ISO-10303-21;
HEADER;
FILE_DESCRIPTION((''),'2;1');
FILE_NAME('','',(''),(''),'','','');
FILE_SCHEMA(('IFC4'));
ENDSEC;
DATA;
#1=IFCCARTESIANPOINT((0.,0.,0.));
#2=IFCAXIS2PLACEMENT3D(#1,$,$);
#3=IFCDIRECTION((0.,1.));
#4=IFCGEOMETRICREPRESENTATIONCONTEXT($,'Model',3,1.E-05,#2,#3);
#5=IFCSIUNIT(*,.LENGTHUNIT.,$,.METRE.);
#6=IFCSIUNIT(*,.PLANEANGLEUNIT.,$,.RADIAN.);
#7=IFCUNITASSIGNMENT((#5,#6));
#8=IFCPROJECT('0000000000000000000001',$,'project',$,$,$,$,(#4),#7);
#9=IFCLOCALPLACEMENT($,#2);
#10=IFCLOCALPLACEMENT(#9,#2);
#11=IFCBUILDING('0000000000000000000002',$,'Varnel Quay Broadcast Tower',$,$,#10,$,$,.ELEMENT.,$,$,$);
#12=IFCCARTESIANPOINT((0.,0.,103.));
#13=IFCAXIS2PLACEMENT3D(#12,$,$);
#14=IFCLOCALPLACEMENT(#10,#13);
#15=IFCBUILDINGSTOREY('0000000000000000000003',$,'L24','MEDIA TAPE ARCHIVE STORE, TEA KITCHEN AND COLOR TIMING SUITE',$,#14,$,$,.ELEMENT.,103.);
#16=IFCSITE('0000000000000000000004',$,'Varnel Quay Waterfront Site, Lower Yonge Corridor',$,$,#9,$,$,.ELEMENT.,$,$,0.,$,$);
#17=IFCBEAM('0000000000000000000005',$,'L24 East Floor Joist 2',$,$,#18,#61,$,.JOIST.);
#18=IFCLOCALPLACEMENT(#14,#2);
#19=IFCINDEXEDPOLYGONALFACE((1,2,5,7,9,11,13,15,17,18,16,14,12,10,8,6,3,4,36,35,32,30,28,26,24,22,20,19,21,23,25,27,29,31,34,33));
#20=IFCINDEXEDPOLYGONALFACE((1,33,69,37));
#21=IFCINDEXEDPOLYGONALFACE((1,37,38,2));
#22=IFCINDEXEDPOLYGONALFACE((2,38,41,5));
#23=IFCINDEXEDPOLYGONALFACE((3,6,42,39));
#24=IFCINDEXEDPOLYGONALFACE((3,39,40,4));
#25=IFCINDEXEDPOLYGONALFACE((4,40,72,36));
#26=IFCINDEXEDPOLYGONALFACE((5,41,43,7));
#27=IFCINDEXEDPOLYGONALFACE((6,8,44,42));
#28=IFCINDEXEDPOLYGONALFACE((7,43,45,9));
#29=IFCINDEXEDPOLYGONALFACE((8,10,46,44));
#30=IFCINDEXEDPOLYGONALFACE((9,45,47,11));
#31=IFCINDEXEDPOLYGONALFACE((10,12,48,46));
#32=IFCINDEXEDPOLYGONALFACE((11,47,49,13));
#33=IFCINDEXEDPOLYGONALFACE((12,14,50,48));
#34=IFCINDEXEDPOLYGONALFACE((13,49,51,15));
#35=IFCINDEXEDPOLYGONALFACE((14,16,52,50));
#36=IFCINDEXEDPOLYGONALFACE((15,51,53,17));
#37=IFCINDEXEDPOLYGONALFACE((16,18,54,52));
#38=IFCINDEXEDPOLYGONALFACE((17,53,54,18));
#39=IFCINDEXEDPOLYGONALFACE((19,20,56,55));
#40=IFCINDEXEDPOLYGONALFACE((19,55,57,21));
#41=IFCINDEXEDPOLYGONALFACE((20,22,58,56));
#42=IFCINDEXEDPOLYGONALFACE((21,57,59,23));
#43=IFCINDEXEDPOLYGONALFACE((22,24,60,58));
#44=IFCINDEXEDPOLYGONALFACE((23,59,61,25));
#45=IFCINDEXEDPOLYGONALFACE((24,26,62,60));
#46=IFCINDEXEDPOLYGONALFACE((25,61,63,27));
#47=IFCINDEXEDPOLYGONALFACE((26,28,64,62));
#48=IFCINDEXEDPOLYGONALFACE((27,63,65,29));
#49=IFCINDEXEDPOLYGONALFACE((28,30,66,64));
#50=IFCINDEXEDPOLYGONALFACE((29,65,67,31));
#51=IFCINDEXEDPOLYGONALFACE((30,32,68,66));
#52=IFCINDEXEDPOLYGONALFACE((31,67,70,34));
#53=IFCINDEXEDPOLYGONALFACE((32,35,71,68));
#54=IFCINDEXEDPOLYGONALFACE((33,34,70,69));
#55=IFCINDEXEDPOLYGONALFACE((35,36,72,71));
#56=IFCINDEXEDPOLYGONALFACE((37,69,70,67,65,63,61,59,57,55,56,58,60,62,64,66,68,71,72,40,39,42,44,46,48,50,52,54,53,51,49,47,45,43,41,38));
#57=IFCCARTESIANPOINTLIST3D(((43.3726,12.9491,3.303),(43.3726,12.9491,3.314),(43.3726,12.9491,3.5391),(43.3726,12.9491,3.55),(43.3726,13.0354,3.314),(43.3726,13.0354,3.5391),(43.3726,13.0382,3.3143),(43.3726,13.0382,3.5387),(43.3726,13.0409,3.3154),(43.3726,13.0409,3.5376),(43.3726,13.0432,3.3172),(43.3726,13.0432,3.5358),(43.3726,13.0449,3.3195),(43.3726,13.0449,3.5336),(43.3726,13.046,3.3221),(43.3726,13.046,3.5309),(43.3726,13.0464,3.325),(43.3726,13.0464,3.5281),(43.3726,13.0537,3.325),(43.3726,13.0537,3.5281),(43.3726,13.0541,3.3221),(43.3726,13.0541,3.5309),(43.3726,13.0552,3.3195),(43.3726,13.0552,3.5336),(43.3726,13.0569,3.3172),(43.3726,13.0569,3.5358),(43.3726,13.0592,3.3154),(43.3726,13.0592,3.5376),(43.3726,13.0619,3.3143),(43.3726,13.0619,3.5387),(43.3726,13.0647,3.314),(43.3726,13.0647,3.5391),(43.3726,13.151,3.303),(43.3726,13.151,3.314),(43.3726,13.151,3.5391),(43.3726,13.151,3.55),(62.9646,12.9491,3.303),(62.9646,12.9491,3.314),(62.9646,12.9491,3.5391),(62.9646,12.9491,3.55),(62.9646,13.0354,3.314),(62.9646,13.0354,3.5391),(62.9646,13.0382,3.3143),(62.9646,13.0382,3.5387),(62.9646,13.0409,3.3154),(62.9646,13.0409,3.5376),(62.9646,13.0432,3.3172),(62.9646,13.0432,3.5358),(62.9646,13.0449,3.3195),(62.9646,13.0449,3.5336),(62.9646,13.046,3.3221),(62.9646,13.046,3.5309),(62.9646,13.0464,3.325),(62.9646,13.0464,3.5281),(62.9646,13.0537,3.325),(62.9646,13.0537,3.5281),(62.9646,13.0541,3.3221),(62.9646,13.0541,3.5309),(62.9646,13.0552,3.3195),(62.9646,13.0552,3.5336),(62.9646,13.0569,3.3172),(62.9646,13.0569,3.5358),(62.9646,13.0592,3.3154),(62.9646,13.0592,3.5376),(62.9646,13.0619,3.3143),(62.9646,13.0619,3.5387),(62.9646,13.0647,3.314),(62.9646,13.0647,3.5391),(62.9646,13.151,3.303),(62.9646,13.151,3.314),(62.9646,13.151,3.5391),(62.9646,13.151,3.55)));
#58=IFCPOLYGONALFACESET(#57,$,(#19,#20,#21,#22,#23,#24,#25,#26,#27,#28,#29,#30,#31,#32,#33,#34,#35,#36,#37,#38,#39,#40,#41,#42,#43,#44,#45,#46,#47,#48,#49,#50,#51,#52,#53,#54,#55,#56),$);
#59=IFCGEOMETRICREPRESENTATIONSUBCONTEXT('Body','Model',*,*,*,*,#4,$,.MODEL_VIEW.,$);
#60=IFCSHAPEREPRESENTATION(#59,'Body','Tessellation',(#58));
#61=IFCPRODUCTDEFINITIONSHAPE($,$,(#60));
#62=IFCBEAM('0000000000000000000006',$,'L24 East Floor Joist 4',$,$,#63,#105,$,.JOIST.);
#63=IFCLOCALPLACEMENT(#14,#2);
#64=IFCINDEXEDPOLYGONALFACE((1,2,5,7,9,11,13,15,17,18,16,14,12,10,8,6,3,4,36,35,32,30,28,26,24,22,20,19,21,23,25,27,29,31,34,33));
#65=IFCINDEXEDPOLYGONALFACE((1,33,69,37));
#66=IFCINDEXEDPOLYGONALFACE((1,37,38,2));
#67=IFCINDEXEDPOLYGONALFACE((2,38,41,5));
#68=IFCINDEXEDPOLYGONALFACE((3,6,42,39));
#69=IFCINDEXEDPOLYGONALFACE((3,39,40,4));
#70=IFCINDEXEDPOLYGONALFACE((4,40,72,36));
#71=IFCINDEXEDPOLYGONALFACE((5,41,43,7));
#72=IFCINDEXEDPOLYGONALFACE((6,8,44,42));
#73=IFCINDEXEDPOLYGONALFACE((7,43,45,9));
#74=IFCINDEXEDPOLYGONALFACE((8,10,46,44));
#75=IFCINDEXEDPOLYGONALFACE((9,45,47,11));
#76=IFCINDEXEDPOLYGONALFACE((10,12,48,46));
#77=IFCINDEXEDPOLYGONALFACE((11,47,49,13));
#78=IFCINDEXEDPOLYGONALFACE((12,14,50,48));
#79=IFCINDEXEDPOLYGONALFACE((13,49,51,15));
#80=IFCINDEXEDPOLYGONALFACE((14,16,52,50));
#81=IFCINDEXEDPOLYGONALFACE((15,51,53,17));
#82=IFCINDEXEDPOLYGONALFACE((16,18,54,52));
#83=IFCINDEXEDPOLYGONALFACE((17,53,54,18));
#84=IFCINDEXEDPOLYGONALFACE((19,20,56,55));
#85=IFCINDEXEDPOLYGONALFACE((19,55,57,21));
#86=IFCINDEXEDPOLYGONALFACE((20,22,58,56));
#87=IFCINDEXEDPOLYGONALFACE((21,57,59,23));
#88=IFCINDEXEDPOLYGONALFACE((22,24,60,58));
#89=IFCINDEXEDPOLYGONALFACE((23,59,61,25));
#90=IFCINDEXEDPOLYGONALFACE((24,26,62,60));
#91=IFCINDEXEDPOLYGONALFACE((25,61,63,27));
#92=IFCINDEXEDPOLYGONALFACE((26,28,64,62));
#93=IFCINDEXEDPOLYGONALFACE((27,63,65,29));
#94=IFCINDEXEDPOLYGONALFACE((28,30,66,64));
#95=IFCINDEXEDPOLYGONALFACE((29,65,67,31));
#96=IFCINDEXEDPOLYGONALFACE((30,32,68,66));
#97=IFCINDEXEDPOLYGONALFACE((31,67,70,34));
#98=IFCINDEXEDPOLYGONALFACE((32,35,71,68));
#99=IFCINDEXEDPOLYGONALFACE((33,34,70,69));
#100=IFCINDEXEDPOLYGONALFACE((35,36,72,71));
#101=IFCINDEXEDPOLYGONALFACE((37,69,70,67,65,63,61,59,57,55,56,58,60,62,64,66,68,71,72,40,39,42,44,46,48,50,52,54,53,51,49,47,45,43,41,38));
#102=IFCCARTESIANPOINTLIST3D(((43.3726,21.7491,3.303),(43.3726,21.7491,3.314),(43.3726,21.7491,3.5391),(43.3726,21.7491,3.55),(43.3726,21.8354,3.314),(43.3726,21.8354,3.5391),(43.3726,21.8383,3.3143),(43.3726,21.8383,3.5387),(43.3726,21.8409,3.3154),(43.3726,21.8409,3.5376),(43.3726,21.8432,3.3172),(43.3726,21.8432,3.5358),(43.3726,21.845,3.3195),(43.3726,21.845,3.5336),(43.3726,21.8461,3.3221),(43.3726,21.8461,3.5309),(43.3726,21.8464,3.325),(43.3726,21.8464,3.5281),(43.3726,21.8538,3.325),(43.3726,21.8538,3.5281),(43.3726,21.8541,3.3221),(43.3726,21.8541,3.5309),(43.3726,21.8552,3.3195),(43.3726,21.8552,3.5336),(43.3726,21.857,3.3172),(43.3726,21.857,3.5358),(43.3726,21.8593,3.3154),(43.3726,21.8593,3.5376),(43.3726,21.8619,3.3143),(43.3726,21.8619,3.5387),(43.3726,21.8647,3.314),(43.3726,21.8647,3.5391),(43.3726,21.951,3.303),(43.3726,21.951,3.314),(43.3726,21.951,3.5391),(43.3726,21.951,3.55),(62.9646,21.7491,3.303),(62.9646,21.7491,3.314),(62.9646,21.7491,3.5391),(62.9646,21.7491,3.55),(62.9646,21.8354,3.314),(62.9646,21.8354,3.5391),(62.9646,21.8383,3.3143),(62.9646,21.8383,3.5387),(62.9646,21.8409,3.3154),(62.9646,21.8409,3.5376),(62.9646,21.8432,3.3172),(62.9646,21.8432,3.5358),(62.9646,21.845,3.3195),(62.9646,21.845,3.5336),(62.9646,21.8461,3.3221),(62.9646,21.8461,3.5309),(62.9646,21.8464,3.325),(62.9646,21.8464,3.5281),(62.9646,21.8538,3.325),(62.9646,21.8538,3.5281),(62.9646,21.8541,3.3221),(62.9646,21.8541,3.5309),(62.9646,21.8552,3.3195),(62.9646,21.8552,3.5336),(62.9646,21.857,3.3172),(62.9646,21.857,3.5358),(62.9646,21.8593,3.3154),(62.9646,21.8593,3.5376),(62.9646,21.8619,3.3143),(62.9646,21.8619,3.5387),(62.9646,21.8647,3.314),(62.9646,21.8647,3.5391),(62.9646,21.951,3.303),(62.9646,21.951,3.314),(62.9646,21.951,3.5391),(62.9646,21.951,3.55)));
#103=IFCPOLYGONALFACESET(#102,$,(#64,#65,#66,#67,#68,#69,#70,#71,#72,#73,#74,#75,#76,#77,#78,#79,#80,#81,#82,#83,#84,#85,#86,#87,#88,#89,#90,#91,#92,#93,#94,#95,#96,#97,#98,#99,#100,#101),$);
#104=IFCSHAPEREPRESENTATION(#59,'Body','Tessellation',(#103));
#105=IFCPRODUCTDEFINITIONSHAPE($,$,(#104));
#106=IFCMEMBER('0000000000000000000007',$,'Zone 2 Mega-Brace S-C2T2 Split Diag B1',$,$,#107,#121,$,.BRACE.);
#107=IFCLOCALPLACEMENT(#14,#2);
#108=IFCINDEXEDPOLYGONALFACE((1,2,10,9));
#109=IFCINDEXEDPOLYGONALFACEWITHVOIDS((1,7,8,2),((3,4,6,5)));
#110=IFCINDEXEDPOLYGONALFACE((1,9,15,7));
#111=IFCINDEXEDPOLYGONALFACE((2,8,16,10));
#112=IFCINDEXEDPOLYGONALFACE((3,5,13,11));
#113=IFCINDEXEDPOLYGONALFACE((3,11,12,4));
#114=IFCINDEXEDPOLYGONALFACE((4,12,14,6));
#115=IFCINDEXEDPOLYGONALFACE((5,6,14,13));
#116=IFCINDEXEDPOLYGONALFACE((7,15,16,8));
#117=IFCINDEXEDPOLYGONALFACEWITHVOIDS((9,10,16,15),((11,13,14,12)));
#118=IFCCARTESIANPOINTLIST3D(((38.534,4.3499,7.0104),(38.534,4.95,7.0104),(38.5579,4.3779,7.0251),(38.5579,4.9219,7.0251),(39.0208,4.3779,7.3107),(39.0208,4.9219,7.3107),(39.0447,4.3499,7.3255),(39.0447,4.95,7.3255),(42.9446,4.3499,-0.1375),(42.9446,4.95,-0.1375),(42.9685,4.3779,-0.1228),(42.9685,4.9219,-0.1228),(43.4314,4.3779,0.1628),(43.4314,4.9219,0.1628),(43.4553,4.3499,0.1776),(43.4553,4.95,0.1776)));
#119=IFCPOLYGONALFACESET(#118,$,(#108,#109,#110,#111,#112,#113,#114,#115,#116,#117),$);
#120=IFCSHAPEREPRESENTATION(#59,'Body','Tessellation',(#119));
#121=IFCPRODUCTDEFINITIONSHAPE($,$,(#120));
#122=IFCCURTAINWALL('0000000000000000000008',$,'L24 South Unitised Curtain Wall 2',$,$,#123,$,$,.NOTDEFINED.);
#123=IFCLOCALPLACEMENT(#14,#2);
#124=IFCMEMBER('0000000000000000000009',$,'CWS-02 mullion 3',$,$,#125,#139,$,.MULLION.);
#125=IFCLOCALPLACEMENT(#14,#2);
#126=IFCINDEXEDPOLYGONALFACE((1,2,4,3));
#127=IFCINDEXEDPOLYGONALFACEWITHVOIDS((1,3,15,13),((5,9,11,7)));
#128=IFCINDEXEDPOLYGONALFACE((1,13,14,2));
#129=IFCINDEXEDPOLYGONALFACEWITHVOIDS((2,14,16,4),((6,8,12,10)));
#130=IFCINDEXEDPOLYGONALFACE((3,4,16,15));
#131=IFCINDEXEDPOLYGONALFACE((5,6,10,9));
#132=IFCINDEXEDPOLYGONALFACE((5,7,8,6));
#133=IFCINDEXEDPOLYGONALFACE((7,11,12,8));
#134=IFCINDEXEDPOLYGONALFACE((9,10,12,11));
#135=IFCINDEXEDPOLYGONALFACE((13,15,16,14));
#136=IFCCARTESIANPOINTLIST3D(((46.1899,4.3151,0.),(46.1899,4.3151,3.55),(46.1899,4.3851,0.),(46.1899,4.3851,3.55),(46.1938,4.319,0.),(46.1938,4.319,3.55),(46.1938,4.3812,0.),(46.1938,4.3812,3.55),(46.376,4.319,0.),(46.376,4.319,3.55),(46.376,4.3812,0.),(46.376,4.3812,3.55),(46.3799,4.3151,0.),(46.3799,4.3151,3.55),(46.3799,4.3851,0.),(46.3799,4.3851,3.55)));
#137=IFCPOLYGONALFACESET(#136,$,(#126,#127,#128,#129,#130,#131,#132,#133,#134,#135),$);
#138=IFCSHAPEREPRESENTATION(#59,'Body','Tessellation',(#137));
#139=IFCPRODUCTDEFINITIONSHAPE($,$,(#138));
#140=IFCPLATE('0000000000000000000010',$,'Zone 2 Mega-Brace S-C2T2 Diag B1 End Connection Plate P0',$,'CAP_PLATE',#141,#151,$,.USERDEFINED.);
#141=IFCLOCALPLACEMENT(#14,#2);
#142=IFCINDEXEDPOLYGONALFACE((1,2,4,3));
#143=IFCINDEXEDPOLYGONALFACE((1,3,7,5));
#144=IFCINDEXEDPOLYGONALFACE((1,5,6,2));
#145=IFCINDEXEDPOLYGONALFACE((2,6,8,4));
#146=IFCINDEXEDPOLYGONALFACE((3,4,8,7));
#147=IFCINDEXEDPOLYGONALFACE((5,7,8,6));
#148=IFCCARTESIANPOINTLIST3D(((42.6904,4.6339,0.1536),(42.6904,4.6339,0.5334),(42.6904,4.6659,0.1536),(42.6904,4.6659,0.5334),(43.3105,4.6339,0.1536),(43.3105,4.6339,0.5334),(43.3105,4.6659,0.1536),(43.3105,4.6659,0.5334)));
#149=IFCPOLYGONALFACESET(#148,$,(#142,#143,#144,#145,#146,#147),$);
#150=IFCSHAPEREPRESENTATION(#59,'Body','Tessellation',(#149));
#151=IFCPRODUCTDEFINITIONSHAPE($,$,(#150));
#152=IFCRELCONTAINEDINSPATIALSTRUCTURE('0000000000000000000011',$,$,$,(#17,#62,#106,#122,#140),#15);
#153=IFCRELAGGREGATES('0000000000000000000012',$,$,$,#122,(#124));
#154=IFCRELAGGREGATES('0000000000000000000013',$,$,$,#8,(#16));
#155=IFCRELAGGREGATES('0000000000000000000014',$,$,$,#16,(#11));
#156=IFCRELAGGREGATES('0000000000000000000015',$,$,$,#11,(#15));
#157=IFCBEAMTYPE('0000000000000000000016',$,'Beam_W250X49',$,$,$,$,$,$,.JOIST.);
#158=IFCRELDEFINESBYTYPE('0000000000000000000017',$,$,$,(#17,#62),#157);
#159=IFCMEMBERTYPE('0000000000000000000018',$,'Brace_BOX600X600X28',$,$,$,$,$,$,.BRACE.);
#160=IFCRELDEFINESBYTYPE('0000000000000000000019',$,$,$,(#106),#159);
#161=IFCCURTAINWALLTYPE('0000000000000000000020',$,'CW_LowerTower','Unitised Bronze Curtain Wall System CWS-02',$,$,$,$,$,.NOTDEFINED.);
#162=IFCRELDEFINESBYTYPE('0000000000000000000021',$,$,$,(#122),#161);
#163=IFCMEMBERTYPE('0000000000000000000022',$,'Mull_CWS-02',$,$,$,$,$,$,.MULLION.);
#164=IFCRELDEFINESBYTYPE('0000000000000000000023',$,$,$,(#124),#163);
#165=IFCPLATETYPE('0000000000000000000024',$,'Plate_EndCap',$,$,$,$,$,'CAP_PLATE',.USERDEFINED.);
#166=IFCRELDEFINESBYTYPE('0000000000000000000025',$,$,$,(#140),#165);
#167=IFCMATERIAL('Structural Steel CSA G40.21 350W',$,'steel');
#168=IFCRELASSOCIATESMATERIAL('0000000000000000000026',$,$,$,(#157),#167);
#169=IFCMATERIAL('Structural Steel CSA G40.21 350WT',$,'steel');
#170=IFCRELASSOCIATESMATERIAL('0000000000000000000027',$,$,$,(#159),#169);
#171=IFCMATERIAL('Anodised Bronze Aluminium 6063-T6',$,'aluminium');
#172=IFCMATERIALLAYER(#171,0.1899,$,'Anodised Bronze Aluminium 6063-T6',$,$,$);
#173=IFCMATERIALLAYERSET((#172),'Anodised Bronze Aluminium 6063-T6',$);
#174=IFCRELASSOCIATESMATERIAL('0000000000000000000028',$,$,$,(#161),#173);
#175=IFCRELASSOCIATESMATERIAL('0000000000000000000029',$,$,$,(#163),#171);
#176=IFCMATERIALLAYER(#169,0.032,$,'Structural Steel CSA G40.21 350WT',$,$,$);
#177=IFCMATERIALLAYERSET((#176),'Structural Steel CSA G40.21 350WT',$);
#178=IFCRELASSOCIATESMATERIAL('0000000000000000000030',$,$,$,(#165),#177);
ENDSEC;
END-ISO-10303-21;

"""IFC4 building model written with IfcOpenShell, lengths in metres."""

from ifc_helpers import new_model, si_unit, direction, frame, origin, origin_2d, place, context, subcontext, project, spatial, rectangle, hollow_rectangle, i_section, extrude, source, transform, mapped, material, layer, layer_set, material_profile, profile_set, type_object, type_shapes, element, aggregate, save


model = new_model("IFC4")

# Units and contexts
model_context = context("Model", 3, precision=1e-05, world=origin(), true_north=direction((0.0, 1.0)))
body_context = subcontext(model_context, "Body", "Model", "MODEL_VIEW")
ifc_project = project(units=[si_unit("LENGTHUNIT", "METRE"), si_unit("PLANEANGLEUNIT", "RADIAN")], contexts=[model_context])

# Site, building, storey
site_placement = place(None, origin())
site = spatial("IfcSite", under=ifc_project, at=site_placement, Name="Varnel Quay Waterfront Site, Lower Yonge Corridor", CompositionType="ELEMENT", RefElevation=0.0)
building_placement = place(site_placement, origin())
building = spatial("IfcBuilding", under=site, at=building_placement, Name="Varnel Quay Broadcast Tower", CompositionType="ELEMENT")
storey_placement = place(building_placement, frame((0.0, 0.0, 103.0)))
storey = spatial("IfcBuildingStorey", under=building, at=storey_placement, Name="L24", Description="MEDIA TAPE ARCHIVE STORE, TEA KITCHEN AND COLOR TIMING SUITE", CompositionType="ELEMENT", Elevation=103.0)

# Shared definitions
ifc_material_1 = material(Name="Structural Steel CSA G40.21 350W", Category="steel")

# Beams
ifc_material_profile_1 = material_profile(ifc_material_1, i_section(OverallWidth=0.2019, OverallDepth=0.2471, WebThickness=0.0073, FlangeThickness=0.011, FilletRadius=0.011, at=origin_2d()), Name="W250X49")
ifc_profile_set_1 = profile_set([ifc_material_profile_1], Name="Structural Steel CSA G40.21 350W")
beam_type_1 = type_object("IfcBeamType", Name="Beam_W250X49", PredefinedType="JOIST", material=ifc_profile_set_1)
shared_shape_1 = source(origin(), body_context, "Body", "SweptSolid", [
    extrude(i_section(OverallWidth=0.2019, OverallDepth=0.2471, WebThickness=0.0073, FlangeThickness=0.011, FilletRadius=0.011, at=origin_2d()), origin(), (0.0, 0.0, 1.0), 19.592),
])
type_shapes(beam_type_1, [shared_shape_1])
for number, where, z_axis, x_axis, name in (
    (1, (43.3726, 13.05, 3.4265), (1.0, 0.0, 0.0), (0.0, 1.0, 0.0), "L24 East Floor Joist 2"),
    (2, (43.3726, 21.8501, 3.4265), (1.0, 0.0, 0.0), (0.0, 1.0, 0.0), "L24 East Floor Joist 4"),
):
    element("IfcBeam", number, at=place(storey_placement, frame(where, z_axis=z_axis, x_axis=x_axis)), inside=storey, type_object=beam_type_1, Name=name, PredefinedType="JOIST", context=body_context, shape_type="MappedRepresentation", body=[
        mapped(shared_shape_1, transform((0.0, 0.0, 0.0), x_axis=(1.0, 0.0, 0.0), y_axis=(0.0, 1.0, 0.0), z_axis=(0.0, 0.0, 1.0), scale=1.0)),
    ])

# Member
ifc_material_2 = material(Name="Structural Steel CSA G40.21 350WT", Category="steel")
ifc_material_profile_2 = material_profile(ifc_material_2, hollow_rectangle(XDim=0.6001, YDim=0.6001, WallThickness=0.0281, at=origin_2d()), Name="BOX600X600X28")
ifc_profile_set_2 = profile_set([ifc_material_profile_2], Name="Structural Steel CSA G40.21 350WT")
member_type_1 = type_object("IfcMemberType", Name="Brace_BOX600X600X28", PredefinedType="BRACE", material=ifc_profile_set_2)
shared_shape_2 = source(origin(), body_context, "Body", "SweptSolid", [
    extrude(hollow_rectangle(XDim=0.6001, YDim=0.6001, WallThickness=0.0281, at=origin_2d()), origin(), (0.0, 0.0, 1.0), 8.3992),
])
type_shapes(member_type_1, [shared_shape_2])
member_1_placement = place(storey_placement, frame((43.2, 4.6499, 0.02), z_axis=(-0.525125, 0.0, 0.851025), x_axis=(0.0, -1.0, 0.0)))
element("IfcMember", 3, at=member_1_placement, inside=storey, type_object=member_type_1, Name="Zone 2 Mega-Brace S-C2T2 Split Diag B1", PredefinedType="BRACE", context=body_context, shape_type="MappedRepresentation", body=[
    mapped(shared_shape_2, transform((0.0, 0.0, 0.0), x_axis=(1.0, 0.0, 0.0), y_axis=(0.0, 1.0, 0.0), z_axis=(0.0, 0.0, 1.0), scale=1.0)),
])

# Curtain wall, member
ifc_material_3 = material(Name="Anodised Bronze Aluminium 6063-T6", Category="aluminium")
ifc_layer_1 = layer(ifc_material_3, 0.1899, Name="Anodised Bronze Aluminium 6063-T6")
ifc_layer_set_1 = layer_set([ifc_layer_1], Name="Anodised Bronze Aluminium 6063-T6")
curtain_wall_type = type_object("IfcCurtainWallType", Name="CW_LowerTower", Description="Unitised Bronze Curtain Wall System CWS-02", PredefinedType="NOTDEFINED", material=ifc_layer_set_1)
curtain_wall_placement = place(storey_placement, origin())
curtain_wall = element("IfcCurtainWall", 4, at=curtain_wall_placement, inside=storey, type_object=curtain_wall_type, Name="L24 South Unitised Curtain Wall 2", PredefinedType="NOTDEFINED")
ifc_material_profile_3 = material_profile(ifc_material_3, hollow_rectangle(XDim=0.0701, YDim=0.1899, WallThickness=0.0039, at=origin_2d()), Name="ALU70X190X4")
ifc_profile_set_3 = profile_set([ifc_material_profile_3], Name="Anodised Bronze Aluminium 6063-T6")
member_type_2 = type_object("IfcMemberType", Name="Mull_CWS-02", PredefinedType="MULLION", material=ifc_profile_set_3)
shared_shape_3 = source(origin(), body_context, "Body", "SweptSolid", [
    extrude(hollow_rectangle(XDim=0.0701, YDim=0.1899, WallThickness=0.0039, at=origin_2d()), origin(), (0.0, 0.0, 1.0), 3.55),
])
type_shapes(member_type_2, [shared_shape_3])
member_2_placement = place(storey_placement, frame((46.2849, 4.3501, 0.0), z_axis=(0.0, 0.0, 1.0), x_axis=(0.0, 1.0, 0.0)))
member_2 = element("IfcMember", 5, at=member_2_placement, type_object=member_type_2, Name="CWS-02 mullion 3", PredefinedType="MULLION", context=body_context, shape_type="MappedRepresentation", body=[
    mapped(shared_shape_3, transform((0.0, 0.0, 0.0), x_axis=(1.0, 0.0, 0.0), y_axis=(0.0, 1.0, 0.0), z_axis=(0.0, 0.0, 1.0), scale=1.0)),
])
aggregate(curtain_wall, [member_2])

# Plate
ifc_layer_2 = layer(ifc_material_2, 0.032, Name="Structural Steel CSA G40.21 350WT")
ifc_layer_set_2 = layer_set([ifc_layer_2], Name="Structural Steel CSA G40.21 350WT")
plate_type = type_object("IfcPlateType", Name="Plate_EndCap", ElementType="CAP_PLATE", PredefinedType="USERDEFINED", material=ifc_layer_set_2)
shared_shape_4 = source(origin(), body_context, "Body", "SweptSolid", [
    extrude(rectangle(XDim=0.6201, YDim=0.032, at=origin_2d()), origin(), (0.0, 0.0, 1.0), 0.3799),
])
type_shapes(plate_type, [shared_shape_4])
plate_placement = place(storey_placement, frame((43.0005, 4.6499, 0.1536), z_axis=(0.0, 0.0, 1.0), x_axis=(1.0, 0.0, 0.0)))
element("IfcPlate", 6, at=plate_placement, inside=storey, type_object=plate_type, Name="Zone 2 Mega-Brace S-C2T2 Diag B1 End Connection Plate P0", ObjectType="CAP_PLATE", PredefinedType="USERDEFINED", context=body_context, shape_type="MappedRepresentation", body=[
    mapped(shared_shape_4, transform((0.0, 0.0, 0.0), x_axis=(1.0, 0.0, 0.0), y_axis=(0.0, 1.0, 0.0), z_axis=(0.0, 0.0, 1.0), scale=1.0)),
])

save(model, "model.ifc")
